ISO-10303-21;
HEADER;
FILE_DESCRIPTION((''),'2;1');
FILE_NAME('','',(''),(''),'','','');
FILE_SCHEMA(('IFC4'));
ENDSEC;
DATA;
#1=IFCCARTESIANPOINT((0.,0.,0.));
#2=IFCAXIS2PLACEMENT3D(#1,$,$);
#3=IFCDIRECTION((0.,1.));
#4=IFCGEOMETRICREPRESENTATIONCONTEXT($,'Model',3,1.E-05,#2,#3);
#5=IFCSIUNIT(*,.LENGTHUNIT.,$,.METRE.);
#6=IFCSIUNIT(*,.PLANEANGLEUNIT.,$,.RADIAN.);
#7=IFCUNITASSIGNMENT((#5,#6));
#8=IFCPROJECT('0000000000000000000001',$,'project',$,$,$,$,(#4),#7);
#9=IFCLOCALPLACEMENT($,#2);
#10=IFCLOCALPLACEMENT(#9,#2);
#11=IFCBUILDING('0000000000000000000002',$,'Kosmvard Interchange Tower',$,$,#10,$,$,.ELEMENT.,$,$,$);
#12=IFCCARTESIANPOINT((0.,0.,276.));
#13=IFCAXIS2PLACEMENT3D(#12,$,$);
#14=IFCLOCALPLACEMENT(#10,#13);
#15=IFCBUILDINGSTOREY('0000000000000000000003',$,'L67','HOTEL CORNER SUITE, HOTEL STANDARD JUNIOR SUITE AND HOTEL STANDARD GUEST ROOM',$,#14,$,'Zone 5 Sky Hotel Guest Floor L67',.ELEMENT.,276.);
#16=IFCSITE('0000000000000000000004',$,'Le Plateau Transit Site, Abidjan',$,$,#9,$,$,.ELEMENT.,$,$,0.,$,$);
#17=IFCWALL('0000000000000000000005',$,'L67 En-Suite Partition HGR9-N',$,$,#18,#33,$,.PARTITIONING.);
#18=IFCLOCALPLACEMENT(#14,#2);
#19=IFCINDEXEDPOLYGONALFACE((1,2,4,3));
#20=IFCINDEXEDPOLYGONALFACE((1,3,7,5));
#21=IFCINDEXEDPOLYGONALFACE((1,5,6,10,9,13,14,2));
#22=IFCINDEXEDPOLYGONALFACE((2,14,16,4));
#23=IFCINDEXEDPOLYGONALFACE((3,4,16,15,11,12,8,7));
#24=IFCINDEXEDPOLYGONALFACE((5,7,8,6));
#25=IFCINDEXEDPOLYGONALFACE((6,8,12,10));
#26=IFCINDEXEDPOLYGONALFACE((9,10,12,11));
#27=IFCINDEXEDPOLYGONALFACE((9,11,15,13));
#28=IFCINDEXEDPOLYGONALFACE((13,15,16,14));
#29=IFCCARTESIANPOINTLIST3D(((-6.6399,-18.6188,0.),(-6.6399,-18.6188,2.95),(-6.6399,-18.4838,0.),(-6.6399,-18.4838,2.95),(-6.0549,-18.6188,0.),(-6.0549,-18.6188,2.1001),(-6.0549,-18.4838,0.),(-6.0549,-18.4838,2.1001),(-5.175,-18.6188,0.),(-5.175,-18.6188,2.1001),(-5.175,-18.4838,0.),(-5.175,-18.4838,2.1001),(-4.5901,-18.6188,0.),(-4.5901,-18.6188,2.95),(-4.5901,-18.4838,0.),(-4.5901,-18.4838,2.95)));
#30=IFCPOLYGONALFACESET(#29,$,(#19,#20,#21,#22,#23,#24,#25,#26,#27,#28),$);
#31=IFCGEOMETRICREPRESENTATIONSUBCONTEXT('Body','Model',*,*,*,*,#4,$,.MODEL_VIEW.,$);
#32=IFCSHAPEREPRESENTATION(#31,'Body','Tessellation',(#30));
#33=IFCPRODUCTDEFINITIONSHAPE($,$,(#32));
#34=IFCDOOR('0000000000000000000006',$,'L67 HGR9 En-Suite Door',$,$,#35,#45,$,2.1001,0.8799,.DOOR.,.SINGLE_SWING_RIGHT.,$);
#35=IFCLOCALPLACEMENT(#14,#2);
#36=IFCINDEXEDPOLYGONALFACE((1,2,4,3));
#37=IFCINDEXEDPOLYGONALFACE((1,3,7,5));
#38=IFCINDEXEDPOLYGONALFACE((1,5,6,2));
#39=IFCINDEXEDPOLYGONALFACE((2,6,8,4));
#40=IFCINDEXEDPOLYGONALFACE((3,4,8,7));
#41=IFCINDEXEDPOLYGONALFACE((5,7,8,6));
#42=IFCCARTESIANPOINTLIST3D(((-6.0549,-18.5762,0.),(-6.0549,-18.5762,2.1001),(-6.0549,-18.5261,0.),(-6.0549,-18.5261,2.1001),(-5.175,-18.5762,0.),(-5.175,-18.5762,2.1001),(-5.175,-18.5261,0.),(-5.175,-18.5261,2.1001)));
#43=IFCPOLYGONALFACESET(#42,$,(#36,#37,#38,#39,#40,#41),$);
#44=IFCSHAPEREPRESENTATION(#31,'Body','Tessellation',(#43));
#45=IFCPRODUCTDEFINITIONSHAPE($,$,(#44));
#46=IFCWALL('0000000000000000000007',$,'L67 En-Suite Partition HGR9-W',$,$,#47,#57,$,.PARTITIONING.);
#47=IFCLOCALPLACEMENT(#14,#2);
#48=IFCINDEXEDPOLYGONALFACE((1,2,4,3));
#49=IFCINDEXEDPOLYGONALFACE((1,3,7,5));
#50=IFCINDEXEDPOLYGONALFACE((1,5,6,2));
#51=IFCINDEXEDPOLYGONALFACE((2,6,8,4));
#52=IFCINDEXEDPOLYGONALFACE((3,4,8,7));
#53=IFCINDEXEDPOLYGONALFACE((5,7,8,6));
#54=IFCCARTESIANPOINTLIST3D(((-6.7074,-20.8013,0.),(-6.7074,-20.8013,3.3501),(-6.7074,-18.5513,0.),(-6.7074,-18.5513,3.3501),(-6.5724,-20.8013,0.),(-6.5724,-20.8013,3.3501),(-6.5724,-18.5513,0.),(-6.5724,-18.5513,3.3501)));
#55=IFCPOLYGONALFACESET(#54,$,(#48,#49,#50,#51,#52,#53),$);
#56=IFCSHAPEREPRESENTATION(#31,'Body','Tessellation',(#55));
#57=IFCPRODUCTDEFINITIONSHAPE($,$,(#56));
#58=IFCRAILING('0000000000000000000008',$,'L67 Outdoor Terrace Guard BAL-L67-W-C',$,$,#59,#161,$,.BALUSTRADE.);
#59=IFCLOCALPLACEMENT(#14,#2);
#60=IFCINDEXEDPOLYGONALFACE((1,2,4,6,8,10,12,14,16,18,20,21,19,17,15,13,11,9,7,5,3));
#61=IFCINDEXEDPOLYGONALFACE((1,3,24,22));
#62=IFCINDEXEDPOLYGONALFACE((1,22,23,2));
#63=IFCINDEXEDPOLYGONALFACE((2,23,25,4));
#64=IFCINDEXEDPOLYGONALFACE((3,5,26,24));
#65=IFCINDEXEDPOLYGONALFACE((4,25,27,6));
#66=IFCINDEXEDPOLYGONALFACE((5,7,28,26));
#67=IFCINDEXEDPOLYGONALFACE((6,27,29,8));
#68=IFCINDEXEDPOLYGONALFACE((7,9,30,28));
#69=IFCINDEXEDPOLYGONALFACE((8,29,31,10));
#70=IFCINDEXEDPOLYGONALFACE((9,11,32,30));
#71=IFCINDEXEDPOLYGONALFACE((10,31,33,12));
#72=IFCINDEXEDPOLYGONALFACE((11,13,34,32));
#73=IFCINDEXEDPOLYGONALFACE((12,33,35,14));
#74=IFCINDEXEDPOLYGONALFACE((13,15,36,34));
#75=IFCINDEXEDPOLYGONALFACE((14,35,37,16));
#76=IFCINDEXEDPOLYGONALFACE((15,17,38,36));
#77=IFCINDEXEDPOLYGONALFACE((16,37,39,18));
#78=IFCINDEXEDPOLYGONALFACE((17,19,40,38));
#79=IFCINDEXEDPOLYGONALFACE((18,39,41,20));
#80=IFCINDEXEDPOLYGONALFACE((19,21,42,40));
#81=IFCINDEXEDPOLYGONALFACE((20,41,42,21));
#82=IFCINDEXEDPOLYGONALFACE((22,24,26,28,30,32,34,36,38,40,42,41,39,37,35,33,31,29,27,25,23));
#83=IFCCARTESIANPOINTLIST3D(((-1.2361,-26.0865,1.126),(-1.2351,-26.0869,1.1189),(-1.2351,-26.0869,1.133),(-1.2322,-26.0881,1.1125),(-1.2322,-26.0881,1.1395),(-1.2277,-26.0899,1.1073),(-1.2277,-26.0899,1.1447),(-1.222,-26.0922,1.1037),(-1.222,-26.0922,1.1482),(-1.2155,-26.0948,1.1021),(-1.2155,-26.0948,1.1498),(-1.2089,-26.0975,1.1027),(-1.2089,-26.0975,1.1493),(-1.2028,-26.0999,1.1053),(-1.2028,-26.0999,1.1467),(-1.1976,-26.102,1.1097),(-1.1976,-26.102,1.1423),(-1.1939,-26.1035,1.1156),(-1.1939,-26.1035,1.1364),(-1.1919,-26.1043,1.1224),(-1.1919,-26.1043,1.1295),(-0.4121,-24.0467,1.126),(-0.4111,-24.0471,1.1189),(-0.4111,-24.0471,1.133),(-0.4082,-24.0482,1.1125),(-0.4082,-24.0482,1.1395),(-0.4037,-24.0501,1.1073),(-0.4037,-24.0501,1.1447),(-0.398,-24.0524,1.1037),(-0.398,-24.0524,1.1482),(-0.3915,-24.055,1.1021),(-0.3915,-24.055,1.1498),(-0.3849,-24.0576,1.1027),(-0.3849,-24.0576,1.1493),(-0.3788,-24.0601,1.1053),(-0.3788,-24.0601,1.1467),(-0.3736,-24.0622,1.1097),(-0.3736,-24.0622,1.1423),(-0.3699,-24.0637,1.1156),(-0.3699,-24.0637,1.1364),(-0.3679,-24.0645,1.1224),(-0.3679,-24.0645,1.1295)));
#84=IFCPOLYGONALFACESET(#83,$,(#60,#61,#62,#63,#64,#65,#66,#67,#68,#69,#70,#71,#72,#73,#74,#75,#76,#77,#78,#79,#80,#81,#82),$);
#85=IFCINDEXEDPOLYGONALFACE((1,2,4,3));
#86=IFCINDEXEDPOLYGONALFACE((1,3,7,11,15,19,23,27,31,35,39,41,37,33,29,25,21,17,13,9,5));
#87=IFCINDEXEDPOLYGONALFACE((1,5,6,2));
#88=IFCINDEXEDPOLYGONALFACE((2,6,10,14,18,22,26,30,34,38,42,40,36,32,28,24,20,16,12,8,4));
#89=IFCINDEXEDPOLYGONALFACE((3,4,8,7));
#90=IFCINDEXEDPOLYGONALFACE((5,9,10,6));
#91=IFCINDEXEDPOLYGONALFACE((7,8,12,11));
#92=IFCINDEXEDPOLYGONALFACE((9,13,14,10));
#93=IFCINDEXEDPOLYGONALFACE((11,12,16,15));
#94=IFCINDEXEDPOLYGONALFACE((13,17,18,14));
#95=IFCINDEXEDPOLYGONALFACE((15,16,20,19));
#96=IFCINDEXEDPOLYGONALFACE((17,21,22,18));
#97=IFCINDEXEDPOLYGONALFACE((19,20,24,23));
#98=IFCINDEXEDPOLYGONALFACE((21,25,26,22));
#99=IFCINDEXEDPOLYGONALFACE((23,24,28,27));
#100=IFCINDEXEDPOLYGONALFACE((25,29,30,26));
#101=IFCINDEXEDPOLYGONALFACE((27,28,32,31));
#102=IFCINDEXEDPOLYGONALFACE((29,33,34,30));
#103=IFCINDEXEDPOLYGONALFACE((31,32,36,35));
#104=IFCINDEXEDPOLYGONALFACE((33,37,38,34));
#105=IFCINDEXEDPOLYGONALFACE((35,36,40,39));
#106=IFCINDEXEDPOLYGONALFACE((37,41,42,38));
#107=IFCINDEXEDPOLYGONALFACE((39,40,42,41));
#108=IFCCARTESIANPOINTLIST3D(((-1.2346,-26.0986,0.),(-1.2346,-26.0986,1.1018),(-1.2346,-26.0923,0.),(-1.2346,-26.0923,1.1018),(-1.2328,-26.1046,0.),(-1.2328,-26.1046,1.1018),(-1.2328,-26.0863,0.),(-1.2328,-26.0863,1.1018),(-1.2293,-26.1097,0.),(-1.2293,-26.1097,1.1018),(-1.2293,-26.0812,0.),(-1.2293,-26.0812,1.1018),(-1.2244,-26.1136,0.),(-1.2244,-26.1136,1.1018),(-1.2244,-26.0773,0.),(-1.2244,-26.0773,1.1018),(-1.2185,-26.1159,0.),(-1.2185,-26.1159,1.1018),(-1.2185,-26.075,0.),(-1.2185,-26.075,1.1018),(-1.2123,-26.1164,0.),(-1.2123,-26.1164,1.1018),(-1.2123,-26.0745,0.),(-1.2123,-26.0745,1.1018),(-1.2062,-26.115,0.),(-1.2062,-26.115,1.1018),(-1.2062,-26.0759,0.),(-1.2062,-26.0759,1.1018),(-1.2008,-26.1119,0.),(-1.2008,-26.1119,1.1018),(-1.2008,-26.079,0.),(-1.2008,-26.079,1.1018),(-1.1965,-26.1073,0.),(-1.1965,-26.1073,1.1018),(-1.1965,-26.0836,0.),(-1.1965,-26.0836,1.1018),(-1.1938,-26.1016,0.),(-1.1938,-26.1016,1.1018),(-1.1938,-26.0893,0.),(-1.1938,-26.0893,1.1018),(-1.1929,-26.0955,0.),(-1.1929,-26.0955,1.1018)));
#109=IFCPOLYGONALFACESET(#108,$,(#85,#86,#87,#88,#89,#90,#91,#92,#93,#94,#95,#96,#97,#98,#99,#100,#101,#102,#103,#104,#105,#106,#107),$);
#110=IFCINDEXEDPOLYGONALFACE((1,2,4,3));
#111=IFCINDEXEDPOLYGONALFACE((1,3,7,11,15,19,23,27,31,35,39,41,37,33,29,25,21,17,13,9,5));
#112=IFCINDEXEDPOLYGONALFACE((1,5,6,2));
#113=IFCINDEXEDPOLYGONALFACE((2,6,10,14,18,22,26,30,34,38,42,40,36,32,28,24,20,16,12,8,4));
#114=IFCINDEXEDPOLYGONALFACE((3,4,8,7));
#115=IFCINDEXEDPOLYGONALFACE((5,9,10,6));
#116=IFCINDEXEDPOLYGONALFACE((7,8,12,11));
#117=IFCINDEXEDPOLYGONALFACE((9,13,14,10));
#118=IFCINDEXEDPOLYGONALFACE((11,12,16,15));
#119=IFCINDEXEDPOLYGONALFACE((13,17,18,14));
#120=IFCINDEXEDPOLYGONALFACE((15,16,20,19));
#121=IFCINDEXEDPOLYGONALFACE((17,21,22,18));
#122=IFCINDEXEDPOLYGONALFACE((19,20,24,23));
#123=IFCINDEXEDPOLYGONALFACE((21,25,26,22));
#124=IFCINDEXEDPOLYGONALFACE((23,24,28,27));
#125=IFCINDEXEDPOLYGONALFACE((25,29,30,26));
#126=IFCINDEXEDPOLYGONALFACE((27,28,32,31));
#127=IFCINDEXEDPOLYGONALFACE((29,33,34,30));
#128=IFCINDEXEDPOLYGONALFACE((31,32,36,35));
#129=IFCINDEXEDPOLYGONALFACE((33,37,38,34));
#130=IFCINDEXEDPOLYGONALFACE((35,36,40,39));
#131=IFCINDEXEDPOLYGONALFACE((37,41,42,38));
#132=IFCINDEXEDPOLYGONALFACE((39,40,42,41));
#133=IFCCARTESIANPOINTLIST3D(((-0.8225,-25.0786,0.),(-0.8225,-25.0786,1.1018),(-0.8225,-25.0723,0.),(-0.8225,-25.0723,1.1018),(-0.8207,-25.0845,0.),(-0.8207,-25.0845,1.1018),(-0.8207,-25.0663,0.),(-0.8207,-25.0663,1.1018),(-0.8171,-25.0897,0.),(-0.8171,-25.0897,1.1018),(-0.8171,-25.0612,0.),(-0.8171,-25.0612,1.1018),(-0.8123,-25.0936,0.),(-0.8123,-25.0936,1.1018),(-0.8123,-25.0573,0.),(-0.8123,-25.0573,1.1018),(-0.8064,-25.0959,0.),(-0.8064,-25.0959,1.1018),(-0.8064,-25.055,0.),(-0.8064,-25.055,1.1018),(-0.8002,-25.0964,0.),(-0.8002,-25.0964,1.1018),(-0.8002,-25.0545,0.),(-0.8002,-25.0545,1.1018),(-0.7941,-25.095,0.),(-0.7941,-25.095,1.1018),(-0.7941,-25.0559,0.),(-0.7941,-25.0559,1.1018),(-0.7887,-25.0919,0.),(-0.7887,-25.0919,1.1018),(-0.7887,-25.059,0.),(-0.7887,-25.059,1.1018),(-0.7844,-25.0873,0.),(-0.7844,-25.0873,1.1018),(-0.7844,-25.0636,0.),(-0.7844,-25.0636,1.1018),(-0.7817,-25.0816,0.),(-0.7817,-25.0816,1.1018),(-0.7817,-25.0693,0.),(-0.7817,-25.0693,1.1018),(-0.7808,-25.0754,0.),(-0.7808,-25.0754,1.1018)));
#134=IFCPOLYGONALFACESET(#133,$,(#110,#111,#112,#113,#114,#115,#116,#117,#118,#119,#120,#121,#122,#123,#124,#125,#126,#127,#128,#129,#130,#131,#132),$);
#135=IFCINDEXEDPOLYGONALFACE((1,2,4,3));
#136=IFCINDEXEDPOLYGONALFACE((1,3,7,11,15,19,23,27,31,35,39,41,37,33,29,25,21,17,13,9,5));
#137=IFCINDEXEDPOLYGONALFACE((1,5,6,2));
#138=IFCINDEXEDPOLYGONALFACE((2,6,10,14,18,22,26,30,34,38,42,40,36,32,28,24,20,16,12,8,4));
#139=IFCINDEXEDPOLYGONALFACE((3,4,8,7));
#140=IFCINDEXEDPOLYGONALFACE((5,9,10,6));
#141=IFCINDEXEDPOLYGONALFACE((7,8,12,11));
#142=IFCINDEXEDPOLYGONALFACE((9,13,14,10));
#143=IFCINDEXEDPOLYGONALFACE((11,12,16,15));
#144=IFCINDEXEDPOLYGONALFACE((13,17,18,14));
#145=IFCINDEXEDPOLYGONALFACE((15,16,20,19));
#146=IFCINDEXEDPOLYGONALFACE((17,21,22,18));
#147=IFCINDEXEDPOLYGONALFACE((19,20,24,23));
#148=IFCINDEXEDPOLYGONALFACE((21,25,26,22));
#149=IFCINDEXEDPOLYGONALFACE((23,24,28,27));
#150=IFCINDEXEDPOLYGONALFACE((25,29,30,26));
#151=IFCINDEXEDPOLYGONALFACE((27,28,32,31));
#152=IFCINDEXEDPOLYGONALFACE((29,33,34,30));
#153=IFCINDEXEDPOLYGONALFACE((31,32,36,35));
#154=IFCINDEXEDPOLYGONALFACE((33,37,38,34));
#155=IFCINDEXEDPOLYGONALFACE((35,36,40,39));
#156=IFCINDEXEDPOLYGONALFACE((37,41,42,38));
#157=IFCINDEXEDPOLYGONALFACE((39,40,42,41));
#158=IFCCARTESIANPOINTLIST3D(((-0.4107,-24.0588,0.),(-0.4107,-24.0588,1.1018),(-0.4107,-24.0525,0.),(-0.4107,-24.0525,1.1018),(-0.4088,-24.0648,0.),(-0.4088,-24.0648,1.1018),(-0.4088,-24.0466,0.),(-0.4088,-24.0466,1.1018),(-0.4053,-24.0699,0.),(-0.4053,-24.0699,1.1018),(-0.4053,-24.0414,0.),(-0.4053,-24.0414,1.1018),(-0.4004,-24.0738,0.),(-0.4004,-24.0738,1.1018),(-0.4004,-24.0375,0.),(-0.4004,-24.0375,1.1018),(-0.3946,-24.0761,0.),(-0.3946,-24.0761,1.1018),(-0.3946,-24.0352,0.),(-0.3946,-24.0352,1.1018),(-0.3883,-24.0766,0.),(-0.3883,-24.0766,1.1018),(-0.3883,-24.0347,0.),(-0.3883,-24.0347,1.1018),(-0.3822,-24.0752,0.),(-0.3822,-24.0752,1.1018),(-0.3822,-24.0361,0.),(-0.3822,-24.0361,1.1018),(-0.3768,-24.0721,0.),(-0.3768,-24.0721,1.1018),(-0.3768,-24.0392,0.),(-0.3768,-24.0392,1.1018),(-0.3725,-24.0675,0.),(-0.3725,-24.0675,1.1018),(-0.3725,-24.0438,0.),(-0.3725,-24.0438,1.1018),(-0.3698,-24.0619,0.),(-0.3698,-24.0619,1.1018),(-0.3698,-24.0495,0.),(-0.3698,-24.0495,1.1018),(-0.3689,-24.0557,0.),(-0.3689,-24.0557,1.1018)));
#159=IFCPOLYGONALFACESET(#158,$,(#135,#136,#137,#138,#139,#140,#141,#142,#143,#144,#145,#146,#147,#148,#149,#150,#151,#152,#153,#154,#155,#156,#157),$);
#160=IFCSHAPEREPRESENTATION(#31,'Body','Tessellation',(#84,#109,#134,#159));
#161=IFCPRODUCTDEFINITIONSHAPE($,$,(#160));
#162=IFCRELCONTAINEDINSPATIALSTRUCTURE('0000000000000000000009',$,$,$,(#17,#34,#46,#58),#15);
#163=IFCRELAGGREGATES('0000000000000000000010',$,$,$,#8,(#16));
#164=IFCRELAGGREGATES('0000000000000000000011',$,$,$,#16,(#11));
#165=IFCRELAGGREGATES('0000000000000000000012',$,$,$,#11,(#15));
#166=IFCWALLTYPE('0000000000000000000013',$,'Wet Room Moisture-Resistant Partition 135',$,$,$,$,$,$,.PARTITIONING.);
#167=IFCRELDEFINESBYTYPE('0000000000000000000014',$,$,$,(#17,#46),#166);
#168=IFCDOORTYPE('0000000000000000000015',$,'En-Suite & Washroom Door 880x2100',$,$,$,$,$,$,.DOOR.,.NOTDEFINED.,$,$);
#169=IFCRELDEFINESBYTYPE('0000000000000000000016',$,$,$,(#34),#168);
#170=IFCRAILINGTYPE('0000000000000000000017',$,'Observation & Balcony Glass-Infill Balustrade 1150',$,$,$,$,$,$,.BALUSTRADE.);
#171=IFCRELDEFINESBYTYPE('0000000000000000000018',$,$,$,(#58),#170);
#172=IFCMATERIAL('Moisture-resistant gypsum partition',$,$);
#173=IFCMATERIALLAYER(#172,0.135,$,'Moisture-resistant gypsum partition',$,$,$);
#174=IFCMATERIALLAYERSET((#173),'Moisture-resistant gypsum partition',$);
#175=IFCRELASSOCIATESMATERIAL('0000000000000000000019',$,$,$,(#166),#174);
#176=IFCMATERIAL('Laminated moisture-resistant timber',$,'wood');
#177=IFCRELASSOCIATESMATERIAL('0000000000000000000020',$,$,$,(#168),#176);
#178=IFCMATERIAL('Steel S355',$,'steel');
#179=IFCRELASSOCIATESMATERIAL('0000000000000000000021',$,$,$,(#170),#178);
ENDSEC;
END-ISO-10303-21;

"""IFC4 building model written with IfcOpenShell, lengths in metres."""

from ifc_helpers import new_model, si_unit, direction, frame, frame_2d, origin, origin_2d, place, context, subcontext, project, spatial, rectangle, circle, extrude, source, transform, mapped, material, layer, layer_set, type_object, element, fill, save


model = new_model("IFC4")

# Units and contexts
model_context = context("Model", 3, precision=1e-05, world=origin(), true_north=direction((0.0, 1.0)))
body_context = subcontext(model_context, "Body", "Model", "MODEL_VIEW")
ifc_project = project(units=[si_unit("LENGTHUNIT", "METRE"), si_unit("PLANEANGLEUNIT", "RADIAN")], contexts=[model_context])

# Site, building, storey
site_placement = place(None, origin())
site = spatial("IfcSite", under=ifc_project, at=site_placement, Name="Le Plateau Transit Site, Abidjan", CompositionType="ELEMENT", RefElevation=0.0)
building_placement = place(site_placement, origin())
building = spatial("IfcBuilding", under=site, at=building_placement, Name="Kosmvard Interchange Tower", CompositionType="ELEMENT")
storey_placement = place(building_placement, frame((0.0, 0.0, 276.0)))
storey = spatial("IfcBuildingStorey", under=building, at=storey_placement, Name="L67", Description="HOTEL CORNER SUITE, HOTEL STANDARD JUNIOR SUITE AND HOTEL STANDARD GUEST ROOM", LongName="Zone 5 Sky Hotel Guest Floor L67", CompositionType="ELEMENT", Elevation=276.0)

# Shared definitions
ifc_material_1 = material(Name="Steel S355", Category="steel")

# Shared definitions
ifc_material_2 = material(Name="Laminated moisture-resistant timber", Category="wood")

# Shared definitions
ifc_material_3 = material(Name="Moisture-resistant gypsum partition")
ifc_layer_1 = layer(ifc_material_3, 0.135, Name="Moisture-resistant gypsum partition")
ifc_layer_set_1 = layer_set([ifc_layer_1], Name="Moisture-resistant gypsum partition")
wall_type_1 = type_object("IfcWallType", Name="Wet Room Moisture-Resistant Partition 135", PredefinedType="PARTITIONING", material=ifc_layer_set_1)

# Wall, opening, door
wall_1_placement = place(storey_placement, frame((-6.6399, -18.5513, 0.0), z_axis=(0.0, 0.0, 1.0), x_axis=(1.0, 0.0, 0.0)))
wall_1 = element("IfcWall", 1, at=wall_1_placement, inside=storey, type_object=wall_type_1, Name="L67 En-Suite Partition HGR9-N", PredefinedType="PARTITIONING", context=body_context, shape_type="SweptSolid", body=[
    extrude(rectangle(XDim=2.0498, YDim=0.135, at=frame_2d((1.0249, 0.0))), origin(), (0.0, 0.0, 1.0), 2.95),
])
opening_1_placement = place(wall_1_placement, frame((0.585, 0.0, 0.0)))
opening_1 = element("IfcOpeningElement", 2, at=opening_1_placement, cuts=wall_1, PredefinedType="OPENING", context=body_context, shape_type="SweptSolid", body=[
    extrude(rectangle(XDim=0.8799, YDim=2.1001, at=frame_2d((0.4399, 1.05))), frame((0.0, 0.0776, 0.0), z_axis=(0.0, -1.0, 0.0), x_axis=(1.0, 0.0, 0.0)), (0.0, 0.0, 1.0), 0.155),
])
door_type_1 = type_object("IfcDoorType", Name="En-Suite & Washroom Door 880x2100", OperationType="NOTDEFINED", PredefinedType="DOOR", material=ifc_material_2)
shared_shape_1 = source(origin(), body_context, "Body", "SweptSolid", [
    extrude(rectangle(XDim=0.8799, YDim=2.1001, at=frame_2d((0.4399, 1.05))), frame((0.0, 0.0249, 0.0), z_axis=(0.0, -1.0, 0.0), x_axis=(1.0, 0.0, 0.0)), (0.0, 0.0, 1.0), 0.05),
])
door_1_placement = place(opening_1_placement, frame((0.8799, 0.0, 0.0), z_axis=(0.0, 0.0, 1.0), x_axis=(-1.0, 0.0, 0.0)))
door_1 = element("IfcDoor", 3, at=door_1_placement, inside=storey, type_object=door_type_1, Name="L67 HGR9 En-Suite Door", OperationType="SINGLE_SWING_RIGHT", OverallHeight=2.1001, OverallWidth=0.8799, PredefinedType="DOOR", context=body_context, shape_type="MappedRepresentation", body=[
    mapped(shared_shape_1, transform((0.0, 0.0, 0.0), scale=1.0)),
])
fill(opening_1, door_1)

# Wall
wall_2_placement = place(storey_placement, frame((-6.6399, -20.8013, 0.0), z_axis=(0.0, 0.0, 1.0), x_axis=(0.0, 1.0, 0.0)))
element("IfcWall", 4, at=wall_2_placement, inside=storey, type_object=wall_type_1, Name="L67 En-Suite Partition HGR9-W", PredefinedType="PARTITIONING", context=body_context, shape_type="SweptSolid", body=[
    extrude(rectangle(XDim=2.25, YDim=0.135, at=frame_2d((1.125, 0.0))), origin(), (0.0, 0.0, 1.0), 3.3501),
])

# Railing
railing_type = type_object("IfcRailingType", Name="Observation & Balcony Glass-Infill Balustrade 1150", PredefinedType="BALUSTRADE", material=ifc_material_1)
shared_shape_2 = source(origin(), body_context, "Body", "SweptSolid", [
    extrude(circle(Radius=0.0239, at=origin_2d()), frame((0.0, 0.0, 1.126), z_axis=(0.374546, 0.927208, 0.0), x_axis=(-0.927208, 0.374546, 0.0)), (0.0, 0.0, 1.0), 2.2),
    extrude(circle(Radius=0.021, at=origin_2d()), origin(), (0.0, 0.0, 1.0), 1.1018),
    extrude(circle(Radius=0.021, at=origin_2d()), frame((0.4121, 1.02, 0.0)), (0.0, 0.0, 1.0), 1.1018),
    extrude(circle(Radius=0.021, at=origin_2d()), frame((0.824, 2.0398, 0.0)), (0.0, 0.0, 1.0), 1.1018),
])
railing_1_placement = place(storey_placement, frame((-1.2139, -26.0955, 0.0)))
element("IfcRailing", 5, at=railing_1_placement, inside=storey, type_object=railing_type, Name="L67 Outdoor Terrace Guard BAL-L67-W-C", PredefinedType="BALUSTRADE", context=body_context, shape_type="MappedRepresentation", body=[
    mapped(shared_shape_2, transform((0.0, 0.0, 0.0), scale=1.0)),
])

save(model, "model.ifc")
